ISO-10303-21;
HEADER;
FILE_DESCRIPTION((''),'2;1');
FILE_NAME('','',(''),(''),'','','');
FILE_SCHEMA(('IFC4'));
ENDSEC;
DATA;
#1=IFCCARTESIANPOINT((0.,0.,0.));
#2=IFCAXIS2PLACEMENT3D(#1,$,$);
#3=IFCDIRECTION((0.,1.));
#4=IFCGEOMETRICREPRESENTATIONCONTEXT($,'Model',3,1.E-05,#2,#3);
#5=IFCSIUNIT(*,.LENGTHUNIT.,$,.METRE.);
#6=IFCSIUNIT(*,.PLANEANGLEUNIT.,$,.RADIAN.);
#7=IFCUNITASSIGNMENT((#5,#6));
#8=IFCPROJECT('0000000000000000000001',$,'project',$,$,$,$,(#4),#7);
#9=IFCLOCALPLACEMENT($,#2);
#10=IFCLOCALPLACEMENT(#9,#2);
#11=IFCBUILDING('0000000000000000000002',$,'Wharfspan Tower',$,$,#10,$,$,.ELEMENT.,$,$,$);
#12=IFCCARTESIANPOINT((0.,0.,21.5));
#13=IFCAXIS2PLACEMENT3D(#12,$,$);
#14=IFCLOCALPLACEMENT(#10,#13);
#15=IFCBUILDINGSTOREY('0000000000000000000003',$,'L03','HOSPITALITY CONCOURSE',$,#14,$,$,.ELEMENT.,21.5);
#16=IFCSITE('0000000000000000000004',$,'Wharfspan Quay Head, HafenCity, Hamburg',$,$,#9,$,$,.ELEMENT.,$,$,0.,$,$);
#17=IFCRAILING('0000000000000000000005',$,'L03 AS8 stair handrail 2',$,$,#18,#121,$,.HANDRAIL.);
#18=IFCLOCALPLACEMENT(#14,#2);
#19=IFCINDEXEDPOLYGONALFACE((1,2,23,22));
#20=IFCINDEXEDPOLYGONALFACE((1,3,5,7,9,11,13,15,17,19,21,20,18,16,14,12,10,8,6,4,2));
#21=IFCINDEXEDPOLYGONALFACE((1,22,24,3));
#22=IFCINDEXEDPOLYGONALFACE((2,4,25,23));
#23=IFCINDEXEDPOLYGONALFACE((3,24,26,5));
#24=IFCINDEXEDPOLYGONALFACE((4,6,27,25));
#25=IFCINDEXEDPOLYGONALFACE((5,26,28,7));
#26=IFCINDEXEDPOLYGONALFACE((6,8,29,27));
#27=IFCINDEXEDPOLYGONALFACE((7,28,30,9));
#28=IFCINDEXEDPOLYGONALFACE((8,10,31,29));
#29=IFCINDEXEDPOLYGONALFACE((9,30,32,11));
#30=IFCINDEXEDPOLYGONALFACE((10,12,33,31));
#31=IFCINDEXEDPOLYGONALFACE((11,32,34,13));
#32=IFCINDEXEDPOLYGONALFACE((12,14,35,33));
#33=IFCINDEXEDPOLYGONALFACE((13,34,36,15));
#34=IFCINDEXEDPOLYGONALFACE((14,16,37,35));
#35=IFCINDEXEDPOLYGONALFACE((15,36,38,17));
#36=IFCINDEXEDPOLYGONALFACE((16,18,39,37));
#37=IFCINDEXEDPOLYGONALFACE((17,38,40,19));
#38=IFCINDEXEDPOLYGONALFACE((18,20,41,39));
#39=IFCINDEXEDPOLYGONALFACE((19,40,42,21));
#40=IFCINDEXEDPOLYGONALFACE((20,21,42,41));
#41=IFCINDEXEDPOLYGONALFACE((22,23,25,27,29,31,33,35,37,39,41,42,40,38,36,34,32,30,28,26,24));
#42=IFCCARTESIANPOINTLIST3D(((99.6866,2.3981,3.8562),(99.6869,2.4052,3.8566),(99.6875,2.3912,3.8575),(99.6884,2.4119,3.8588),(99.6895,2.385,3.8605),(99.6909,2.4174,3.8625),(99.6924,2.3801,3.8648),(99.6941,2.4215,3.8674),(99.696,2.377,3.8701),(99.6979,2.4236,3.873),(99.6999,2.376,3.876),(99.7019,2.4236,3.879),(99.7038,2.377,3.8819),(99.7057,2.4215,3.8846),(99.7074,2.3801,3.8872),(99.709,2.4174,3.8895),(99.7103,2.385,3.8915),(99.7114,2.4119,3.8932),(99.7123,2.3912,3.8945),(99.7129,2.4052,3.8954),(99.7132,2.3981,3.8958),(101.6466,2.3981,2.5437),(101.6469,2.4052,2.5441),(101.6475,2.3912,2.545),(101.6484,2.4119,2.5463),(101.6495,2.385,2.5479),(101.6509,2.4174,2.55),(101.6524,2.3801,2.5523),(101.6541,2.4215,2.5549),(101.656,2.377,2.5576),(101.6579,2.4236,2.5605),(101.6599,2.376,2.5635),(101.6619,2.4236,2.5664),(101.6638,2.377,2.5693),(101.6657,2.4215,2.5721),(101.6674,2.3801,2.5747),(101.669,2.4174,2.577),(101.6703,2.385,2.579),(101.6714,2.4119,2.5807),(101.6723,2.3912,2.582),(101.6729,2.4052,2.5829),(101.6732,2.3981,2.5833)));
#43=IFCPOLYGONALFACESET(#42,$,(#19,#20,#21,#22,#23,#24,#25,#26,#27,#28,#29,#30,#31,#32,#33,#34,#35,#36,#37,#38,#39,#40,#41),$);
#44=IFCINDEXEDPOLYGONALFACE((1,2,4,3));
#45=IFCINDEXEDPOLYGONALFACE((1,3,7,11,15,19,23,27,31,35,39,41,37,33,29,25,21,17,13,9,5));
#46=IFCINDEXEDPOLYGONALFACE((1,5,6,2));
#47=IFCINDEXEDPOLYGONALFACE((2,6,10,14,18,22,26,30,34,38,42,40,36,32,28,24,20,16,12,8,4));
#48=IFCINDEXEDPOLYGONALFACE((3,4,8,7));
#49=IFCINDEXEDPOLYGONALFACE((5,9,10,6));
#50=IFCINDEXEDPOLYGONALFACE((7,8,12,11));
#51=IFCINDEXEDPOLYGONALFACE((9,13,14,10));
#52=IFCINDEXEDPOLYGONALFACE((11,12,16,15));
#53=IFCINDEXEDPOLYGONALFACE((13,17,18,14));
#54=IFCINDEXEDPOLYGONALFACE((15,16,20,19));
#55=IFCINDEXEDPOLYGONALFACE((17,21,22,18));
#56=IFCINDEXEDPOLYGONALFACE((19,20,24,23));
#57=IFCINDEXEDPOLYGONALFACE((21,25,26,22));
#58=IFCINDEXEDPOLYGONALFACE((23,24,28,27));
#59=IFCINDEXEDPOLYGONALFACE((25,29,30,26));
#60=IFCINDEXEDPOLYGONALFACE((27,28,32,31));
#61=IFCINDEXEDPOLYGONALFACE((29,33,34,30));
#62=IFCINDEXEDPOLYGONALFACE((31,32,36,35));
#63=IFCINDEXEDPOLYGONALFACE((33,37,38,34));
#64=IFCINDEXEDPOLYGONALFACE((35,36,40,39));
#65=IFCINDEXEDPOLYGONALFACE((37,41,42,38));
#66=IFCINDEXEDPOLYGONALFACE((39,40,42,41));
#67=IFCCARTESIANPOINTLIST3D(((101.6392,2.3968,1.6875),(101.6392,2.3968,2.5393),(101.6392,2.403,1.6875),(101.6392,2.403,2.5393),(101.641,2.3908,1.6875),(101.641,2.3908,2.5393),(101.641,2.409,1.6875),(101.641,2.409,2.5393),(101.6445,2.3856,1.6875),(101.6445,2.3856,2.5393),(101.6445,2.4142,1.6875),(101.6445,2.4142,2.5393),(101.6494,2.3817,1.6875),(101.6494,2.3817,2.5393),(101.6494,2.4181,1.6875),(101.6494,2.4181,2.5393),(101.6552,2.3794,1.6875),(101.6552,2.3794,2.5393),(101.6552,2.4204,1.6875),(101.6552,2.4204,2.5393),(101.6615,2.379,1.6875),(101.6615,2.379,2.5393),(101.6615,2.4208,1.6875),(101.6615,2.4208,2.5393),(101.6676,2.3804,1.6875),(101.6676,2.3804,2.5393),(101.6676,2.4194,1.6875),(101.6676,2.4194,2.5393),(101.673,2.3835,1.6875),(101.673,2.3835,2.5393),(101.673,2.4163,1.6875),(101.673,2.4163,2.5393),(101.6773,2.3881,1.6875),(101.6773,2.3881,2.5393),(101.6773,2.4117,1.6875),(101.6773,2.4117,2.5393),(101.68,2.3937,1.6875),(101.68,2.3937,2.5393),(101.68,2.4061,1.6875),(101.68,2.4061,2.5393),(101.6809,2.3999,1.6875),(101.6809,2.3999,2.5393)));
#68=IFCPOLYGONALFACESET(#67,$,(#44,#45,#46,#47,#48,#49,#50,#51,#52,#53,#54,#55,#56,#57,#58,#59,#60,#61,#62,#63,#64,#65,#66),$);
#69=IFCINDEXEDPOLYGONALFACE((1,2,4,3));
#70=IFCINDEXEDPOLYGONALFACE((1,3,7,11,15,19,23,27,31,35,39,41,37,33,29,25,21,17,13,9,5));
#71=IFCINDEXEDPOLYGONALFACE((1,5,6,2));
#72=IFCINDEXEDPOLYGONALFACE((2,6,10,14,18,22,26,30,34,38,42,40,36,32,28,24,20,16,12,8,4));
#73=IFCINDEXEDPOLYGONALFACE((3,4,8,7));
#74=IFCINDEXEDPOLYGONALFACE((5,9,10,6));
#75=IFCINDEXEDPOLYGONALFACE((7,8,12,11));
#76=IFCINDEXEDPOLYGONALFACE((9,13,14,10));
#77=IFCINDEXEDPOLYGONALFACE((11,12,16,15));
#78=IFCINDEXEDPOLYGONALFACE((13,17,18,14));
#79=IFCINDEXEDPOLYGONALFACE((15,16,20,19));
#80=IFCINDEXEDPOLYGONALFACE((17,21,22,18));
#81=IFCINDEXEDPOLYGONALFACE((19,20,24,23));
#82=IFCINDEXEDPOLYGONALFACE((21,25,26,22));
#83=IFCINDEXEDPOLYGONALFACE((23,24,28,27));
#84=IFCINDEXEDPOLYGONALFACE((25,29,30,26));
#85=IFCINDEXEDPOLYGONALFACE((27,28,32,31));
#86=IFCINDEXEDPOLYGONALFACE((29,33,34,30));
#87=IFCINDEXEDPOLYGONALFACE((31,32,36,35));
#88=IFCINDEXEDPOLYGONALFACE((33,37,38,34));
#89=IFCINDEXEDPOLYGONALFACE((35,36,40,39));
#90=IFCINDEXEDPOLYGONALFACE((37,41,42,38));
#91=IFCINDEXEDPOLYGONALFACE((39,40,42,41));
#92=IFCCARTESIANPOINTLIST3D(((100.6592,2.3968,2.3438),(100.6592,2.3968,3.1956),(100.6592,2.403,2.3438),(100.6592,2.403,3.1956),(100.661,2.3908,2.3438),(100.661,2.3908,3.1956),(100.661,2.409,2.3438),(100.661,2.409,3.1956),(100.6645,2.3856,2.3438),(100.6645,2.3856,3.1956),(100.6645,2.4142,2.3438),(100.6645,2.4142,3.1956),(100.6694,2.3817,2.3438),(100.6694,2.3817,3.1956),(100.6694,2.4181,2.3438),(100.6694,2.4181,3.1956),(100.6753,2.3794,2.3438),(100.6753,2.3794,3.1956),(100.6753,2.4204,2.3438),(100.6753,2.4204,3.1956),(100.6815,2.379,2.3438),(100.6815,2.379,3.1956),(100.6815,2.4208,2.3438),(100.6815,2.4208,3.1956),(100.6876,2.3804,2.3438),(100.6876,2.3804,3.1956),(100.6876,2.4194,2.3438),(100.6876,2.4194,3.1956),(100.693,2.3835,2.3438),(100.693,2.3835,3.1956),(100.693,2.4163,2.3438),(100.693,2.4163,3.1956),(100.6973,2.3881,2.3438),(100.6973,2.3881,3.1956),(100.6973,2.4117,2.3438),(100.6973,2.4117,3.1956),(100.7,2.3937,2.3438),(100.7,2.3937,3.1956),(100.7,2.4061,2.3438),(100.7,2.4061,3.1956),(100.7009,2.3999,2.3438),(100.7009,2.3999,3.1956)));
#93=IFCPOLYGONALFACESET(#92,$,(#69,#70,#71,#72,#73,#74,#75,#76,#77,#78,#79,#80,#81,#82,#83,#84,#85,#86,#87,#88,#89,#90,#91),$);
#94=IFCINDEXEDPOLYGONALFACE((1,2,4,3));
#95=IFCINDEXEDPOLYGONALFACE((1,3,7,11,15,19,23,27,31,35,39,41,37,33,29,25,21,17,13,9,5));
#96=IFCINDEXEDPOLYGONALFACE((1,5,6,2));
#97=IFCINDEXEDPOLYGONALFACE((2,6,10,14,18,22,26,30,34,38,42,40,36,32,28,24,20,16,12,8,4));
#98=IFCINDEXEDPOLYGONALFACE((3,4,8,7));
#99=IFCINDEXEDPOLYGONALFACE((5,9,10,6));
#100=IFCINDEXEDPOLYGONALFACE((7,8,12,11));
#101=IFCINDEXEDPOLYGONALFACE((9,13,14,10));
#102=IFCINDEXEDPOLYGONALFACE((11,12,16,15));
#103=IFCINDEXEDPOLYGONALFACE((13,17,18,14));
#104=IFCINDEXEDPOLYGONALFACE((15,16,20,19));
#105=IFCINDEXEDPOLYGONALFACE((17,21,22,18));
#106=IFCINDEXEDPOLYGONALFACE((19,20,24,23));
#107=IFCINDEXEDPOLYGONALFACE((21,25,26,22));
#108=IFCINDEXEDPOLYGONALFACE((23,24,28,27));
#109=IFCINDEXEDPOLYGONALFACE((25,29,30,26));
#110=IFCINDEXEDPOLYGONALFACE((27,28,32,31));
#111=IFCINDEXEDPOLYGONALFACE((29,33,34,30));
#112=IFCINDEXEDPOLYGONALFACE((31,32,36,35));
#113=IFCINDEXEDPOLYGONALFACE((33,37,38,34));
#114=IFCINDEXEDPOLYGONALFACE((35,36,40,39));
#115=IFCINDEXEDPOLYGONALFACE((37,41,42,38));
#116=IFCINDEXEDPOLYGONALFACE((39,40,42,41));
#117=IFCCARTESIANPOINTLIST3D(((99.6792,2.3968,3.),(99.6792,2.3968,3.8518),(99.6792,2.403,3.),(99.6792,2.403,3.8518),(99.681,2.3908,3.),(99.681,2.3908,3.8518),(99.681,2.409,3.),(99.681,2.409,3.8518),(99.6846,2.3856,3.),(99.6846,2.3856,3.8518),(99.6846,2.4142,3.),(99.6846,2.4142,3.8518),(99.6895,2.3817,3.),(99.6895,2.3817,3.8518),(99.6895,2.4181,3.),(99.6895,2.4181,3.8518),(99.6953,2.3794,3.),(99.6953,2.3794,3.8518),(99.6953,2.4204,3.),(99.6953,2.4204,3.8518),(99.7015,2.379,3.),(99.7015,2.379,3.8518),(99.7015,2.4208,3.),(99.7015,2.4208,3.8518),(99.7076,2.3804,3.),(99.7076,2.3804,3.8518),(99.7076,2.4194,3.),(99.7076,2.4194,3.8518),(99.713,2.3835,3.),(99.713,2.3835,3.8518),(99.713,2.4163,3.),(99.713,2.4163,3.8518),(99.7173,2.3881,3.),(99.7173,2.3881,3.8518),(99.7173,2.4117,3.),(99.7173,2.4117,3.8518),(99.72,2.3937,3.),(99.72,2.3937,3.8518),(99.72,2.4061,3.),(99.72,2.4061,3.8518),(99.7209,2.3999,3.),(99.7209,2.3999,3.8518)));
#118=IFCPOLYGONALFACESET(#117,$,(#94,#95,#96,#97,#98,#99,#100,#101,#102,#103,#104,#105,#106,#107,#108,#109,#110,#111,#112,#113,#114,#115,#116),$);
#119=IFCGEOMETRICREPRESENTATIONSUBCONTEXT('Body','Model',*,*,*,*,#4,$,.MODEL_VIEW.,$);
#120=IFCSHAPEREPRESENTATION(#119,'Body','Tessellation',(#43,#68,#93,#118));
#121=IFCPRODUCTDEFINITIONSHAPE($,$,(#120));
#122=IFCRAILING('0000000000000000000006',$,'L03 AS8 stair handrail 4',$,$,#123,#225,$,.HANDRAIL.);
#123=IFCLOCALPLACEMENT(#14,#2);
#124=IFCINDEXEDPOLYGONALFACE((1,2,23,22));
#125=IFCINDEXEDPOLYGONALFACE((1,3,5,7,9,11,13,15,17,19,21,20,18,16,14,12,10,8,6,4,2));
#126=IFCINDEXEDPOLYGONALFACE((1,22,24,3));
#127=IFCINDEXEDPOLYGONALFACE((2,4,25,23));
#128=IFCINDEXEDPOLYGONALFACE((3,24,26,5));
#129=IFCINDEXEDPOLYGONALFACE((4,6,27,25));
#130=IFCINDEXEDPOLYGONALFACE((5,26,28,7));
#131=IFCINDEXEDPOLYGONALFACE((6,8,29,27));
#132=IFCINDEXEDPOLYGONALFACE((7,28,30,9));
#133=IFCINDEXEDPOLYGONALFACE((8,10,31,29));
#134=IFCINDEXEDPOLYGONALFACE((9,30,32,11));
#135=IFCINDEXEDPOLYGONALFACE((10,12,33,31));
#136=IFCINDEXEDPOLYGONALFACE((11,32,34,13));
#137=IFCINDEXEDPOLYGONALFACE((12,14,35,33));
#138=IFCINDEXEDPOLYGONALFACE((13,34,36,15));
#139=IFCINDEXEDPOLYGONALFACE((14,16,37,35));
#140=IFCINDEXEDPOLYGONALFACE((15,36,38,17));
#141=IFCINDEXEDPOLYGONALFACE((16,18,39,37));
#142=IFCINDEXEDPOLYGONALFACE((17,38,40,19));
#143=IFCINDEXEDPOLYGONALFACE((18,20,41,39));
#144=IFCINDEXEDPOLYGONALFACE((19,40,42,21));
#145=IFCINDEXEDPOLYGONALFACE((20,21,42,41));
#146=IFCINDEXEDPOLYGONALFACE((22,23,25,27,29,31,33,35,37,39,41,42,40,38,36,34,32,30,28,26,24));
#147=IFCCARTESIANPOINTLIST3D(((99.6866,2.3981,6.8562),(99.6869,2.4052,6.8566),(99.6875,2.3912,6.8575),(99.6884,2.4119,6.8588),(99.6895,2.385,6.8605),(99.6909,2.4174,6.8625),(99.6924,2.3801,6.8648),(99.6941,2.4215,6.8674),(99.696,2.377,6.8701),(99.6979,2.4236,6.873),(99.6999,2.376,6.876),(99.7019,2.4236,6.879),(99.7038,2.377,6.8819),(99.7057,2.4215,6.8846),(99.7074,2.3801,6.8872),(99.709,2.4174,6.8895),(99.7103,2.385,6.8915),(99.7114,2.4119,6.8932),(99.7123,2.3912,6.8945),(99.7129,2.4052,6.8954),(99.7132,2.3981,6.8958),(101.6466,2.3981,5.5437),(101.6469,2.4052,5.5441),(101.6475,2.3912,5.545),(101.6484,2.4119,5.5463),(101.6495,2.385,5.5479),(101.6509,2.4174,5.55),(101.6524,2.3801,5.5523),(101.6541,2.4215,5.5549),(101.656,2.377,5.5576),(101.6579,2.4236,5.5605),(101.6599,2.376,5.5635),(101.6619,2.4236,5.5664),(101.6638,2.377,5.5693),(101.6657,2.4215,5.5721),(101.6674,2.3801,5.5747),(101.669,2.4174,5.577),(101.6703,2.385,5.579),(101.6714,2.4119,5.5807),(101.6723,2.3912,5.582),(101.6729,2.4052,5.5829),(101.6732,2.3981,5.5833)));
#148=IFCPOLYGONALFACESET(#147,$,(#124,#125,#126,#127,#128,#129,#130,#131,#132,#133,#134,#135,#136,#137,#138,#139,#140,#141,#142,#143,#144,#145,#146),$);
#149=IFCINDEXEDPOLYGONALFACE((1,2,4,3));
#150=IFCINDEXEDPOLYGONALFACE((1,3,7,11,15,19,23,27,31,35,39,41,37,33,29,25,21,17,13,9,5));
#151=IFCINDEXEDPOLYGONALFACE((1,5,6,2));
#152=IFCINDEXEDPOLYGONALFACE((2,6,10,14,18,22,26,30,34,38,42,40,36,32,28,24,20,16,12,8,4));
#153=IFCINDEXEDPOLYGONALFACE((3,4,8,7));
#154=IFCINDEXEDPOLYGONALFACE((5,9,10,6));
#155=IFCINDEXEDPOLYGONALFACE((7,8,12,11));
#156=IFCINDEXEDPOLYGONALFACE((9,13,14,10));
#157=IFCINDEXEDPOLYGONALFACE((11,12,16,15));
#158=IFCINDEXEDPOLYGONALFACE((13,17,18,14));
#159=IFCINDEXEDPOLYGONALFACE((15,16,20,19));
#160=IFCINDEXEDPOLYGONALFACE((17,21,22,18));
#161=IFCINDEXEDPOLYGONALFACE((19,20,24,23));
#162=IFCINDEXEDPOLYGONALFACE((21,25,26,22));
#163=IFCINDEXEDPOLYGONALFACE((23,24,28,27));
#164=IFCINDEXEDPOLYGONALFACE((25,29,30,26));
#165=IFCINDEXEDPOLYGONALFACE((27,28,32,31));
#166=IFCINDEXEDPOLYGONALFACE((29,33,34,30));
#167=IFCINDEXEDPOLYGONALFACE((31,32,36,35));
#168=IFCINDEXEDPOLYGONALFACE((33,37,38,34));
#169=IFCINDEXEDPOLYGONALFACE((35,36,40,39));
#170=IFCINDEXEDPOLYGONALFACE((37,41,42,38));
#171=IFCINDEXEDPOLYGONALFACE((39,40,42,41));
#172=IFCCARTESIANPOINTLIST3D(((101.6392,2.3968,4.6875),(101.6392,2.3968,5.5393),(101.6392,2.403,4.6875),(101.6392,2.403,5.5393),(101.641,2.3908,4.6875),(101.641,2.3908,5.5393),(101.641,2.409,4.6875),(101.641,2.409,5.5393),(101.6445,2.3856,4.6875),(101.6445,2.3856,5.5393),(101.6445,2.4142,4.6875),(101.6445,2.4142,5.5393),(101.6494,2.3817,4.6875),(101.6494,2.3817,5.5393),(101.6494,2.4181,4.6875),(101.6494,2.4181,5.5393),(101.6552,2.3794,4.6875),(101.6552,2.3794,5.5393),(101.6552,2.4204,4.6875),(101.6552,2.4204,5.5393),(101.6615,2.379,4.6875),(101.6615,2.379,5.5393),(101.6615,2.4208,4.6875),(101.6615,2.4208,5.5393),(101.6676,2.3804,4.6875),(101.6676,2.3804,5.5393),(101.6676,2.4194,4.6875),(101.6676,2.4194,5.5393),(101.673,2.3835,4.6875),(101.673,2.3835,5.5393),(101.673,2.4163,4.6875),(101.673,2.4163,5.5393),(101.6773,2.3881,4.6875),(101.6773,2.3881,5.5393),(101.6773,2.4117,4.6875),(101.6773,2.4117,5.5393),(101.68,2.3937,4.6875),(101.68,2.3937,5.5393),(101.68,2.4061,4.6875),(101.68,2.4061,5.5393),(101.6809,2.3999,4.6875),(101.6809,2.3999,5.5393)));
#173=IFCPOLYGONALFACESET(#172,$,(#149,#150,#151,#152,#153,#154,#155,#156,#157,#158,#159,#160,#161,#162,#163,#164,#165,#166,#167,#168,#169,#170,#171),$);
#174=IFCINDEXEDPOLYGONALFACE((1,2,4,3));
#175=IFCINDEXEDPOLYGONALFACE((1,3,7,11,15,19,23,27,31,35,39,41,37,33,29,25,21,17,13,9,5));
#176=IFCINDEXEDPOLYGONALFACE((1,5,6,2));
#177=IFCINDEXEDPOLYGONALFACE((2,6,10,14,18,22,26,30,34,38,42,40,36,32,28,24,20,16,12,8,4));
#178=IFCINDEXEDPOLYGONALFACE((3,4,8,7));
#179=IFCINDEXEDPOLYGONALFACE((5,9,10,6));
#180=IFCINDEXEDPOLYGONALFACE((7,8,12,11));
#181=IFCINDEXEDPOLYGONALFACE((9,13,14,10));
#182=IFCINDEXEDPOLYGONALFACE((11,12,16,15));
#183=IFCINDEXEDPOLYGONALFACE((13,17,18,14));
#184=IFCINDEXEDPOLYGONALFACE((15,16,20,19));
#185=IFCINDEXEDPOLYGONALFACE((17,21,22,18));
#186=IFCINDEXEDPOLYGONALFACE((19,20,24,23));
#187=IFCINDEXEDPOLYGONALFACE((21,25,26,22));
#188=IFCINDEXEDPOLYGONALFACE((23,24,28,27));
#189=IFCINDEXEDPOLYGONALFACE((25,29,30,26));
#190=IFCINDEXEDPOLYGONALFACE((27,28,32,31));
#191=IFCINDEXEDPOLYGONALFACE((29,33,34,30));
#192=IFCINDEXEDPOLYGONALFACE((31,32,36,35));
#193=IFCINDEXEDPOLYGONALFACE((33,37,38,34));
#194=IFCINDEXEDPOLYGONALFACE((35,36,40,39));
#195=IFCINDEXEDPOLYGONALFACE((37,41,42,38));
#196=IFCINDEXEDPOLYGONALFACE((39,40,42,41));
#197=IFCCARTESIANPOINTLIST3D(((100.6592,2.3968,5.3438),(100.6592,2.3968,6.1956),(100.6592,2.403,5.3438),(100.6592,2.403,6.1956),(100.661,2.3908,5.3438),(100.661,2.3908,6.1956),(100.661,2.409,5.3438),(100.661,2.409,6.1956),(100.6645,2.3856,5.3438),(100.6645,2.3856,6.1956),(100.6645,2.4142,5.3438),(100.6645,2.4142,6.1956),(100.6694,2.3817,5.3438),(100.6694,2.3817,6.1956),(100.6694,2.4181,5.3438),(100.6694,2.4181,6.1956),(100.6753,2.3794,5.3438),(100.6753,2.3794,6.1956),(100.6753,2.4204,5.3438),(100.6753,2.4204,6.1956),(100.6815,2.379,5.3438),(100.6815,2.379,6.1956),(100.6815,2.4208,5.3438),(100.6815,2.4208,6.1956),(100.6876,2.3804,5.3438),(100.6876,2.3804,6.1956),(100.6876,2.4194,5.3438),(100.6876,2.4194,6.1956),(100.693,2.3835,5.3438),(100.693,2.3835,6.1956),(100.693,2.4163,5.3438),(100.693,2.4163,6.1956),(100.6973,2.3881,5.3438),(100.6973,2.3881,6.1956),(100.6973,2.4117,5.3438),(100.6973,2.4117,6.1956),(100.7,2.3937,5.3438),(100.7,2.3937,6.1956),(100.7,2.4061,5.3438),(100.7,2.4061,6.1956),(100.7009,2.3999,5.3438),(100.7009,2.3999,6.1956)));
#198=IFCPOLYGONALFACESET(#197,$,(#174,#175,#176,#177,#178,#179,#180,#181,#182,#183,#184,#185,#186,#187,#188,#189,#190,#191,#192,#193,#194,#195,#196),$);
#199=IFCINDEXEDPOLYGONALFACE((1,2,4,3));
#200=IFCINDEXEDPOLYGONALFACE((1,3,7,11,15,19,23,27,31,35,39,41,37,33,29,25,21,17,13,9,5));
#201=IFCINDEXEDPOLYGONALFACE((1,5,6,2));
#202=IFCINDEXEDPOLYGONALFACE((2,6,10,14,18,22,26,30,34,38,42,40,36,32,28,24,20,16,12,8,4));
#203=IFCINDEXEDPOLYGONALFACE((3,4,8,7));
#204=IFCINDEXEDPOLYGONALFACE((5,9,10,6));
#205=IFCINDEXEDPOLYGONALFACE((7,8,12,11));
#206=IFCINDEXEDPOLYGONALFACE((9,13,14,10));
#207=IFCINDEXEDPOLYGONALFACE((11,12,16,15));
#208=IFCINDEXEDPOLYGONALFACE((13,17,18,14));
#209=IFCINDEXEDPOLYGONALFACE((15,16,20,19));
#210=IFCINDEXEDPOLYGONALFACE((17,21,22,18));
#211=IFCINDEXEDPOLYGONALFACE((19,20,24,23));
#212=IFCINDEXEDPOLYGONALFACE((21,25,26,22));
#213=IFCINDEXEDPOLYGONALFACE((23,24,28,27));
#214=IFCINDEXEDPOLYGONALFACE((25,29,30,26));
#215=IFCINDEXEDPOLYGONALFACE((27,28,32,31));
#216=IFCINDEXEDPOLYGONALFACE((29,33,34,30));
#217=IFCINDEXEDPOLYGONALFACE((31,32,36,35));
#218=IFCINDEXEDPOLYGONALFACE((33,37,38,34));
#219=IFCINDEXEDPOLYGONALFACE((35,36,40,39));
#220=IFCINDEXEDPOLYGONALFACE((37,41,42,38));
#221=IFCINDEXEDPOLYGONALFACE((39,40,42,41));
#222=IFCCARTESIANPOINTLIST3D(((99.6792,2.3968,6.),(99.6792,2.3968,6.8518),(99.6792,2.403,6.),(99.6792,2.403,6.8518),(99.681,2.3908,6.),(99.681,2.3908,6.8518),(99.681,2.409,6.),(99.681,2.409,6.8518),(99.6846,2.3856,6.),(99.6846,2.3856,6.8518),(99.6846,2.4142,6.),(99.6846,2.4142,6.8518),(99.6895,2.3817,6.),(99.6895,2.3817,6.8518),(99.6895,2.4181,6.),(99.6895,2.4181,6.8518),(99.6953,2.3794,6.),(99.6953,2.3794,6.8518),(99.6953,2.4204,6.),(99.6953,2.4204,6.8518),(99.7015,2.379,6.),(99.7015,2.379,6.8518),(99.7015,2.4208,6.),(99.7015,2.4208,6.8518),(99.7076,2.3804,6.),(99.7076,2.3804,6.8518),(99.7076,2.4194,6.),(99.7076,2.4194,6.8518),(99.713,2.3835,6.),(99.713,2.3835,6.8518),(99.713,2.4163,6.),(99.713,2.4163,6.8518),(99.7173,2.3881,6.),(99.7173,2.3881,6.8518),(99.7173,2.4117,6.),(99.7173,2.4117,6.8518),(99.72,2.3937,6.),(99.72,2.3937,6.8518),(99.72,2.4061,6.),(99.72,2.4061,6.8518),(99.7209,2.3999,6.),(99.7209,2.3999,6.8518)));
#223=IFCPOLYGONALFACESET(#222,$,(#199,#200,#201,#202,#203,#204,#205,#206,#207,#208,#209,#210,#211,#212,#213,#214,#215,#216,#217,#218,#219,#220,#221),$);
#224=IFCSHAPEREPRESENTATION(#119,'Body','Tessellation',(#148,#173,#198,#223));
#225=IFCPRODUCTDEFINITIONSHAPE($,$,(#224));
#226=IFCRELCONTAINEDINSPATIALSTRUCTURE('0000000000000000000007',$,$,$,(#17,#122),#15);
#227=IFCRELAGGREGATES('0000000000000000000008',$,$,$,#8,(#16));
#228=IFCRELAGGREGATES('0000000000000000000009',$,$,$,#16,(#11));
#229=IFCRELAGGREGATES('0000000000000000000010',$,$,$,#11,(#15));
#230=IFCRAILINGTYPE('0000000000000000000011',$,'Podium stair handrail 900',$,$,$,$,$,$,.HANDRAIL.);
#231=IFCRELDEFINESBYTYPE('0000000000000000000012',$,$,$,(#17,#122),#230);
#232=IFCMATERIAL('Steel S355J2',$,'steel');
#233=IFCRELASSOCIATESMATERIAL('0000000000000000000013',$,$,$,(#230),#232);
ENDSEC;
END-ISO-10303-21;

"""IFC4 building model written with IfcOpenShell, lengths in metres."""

from ifc_helpers import new_model, si_unit, direction, frame, origin, origin_2d, place, context, subcontext, project, spatial, circle, extrude, material, type_object, element, save


model = new_model("IFC4")

# Units and contexts
model_context = context("Model", 3, precision=1e-05, world=origin(), true_north=direction((0.0, 1.0)))
body_context = subcontext(model_context, "Body", "Model", "MODEL_VIEW")
ifc_project = project(units=[si_unit("LENGTHUNIT", "METRE"), si_unit("PLANEANGLEUNIT", "RADIAN")], contexts=[model_context])

# Site, building, storey
site_placement = place(None, origin())
site = spatial("IfcSite", under=ifc_project, at=site_placement, Name="Wharfspan Quay Head, HafenCity, Hamburg", CompositionType="ELEMENT", RefElevation=0.0)
building_placement = place(site_placement, origin())
building = spatial("IfcBuilding", under=site, at=building_placement, Name="Wharfspan Tower", CompositionType="ELEMENT")
storey_placement = place(building_placement, frame((0.0, 0.0, 21.5)))
storey = spatial("IfcBuildingStorey", under=building, at=storey_placement, Name="L03", Description="HOSPITALITY CONCOURSE", CompositionType="ELEMENT", Elevation=21.5)

# Railings
ifc_material_1 = material(Name="Steel S355J2", Category="steel")
railing_type_1 = type_object("IfcRailingType", Name="Podium stair handrail 900", PredefinedType="HANDRAIL", material=ifc_material_1)
for number, where, name in (
    (1, (101.6599, 2.3999, 1.6875), "L03 AS8 stair handrail 2"),
    (2, (101.6599, 2.3999, 4.6875), "L03 AS8 stair handrail 4"),
):
    element("IfcRailing", number, at=place(storey_placement, frame(where)), inside=storey, type_object=railing_type_1, Name=name, PredefinedType="HANDRAIL", context=body_context, shape_type="SweptSolid", body=[
        extrude(circle(Radius=0.0239, at=origin_2d()), frame((0.0, 0.0, 0.876), z_axis=(-0.830902, 0.0, 0.556419), x_axis=(0.0, -1.0, 0.0)), (0.0, 0.0, 1.0), 2.3589),
        extrude(circle(Radius=0.021, at=origin_2d()), origin(), (0.0, 0.0, 1.0), 0.8518),
        extrude(circle(Radius=0.021, at=origin_2d()), frame((-0.98, 0.0, 0.6562)), (0.0, 0.0, 1.0), 0.8518),
        extrude(circle(Radius=0.021, at=origin_2d()), frame((-1.96, 0.0, 1.3125)), (0.0, 0.0, 1.0), 0.8518),
    ])

save(model, "model.ifc")
